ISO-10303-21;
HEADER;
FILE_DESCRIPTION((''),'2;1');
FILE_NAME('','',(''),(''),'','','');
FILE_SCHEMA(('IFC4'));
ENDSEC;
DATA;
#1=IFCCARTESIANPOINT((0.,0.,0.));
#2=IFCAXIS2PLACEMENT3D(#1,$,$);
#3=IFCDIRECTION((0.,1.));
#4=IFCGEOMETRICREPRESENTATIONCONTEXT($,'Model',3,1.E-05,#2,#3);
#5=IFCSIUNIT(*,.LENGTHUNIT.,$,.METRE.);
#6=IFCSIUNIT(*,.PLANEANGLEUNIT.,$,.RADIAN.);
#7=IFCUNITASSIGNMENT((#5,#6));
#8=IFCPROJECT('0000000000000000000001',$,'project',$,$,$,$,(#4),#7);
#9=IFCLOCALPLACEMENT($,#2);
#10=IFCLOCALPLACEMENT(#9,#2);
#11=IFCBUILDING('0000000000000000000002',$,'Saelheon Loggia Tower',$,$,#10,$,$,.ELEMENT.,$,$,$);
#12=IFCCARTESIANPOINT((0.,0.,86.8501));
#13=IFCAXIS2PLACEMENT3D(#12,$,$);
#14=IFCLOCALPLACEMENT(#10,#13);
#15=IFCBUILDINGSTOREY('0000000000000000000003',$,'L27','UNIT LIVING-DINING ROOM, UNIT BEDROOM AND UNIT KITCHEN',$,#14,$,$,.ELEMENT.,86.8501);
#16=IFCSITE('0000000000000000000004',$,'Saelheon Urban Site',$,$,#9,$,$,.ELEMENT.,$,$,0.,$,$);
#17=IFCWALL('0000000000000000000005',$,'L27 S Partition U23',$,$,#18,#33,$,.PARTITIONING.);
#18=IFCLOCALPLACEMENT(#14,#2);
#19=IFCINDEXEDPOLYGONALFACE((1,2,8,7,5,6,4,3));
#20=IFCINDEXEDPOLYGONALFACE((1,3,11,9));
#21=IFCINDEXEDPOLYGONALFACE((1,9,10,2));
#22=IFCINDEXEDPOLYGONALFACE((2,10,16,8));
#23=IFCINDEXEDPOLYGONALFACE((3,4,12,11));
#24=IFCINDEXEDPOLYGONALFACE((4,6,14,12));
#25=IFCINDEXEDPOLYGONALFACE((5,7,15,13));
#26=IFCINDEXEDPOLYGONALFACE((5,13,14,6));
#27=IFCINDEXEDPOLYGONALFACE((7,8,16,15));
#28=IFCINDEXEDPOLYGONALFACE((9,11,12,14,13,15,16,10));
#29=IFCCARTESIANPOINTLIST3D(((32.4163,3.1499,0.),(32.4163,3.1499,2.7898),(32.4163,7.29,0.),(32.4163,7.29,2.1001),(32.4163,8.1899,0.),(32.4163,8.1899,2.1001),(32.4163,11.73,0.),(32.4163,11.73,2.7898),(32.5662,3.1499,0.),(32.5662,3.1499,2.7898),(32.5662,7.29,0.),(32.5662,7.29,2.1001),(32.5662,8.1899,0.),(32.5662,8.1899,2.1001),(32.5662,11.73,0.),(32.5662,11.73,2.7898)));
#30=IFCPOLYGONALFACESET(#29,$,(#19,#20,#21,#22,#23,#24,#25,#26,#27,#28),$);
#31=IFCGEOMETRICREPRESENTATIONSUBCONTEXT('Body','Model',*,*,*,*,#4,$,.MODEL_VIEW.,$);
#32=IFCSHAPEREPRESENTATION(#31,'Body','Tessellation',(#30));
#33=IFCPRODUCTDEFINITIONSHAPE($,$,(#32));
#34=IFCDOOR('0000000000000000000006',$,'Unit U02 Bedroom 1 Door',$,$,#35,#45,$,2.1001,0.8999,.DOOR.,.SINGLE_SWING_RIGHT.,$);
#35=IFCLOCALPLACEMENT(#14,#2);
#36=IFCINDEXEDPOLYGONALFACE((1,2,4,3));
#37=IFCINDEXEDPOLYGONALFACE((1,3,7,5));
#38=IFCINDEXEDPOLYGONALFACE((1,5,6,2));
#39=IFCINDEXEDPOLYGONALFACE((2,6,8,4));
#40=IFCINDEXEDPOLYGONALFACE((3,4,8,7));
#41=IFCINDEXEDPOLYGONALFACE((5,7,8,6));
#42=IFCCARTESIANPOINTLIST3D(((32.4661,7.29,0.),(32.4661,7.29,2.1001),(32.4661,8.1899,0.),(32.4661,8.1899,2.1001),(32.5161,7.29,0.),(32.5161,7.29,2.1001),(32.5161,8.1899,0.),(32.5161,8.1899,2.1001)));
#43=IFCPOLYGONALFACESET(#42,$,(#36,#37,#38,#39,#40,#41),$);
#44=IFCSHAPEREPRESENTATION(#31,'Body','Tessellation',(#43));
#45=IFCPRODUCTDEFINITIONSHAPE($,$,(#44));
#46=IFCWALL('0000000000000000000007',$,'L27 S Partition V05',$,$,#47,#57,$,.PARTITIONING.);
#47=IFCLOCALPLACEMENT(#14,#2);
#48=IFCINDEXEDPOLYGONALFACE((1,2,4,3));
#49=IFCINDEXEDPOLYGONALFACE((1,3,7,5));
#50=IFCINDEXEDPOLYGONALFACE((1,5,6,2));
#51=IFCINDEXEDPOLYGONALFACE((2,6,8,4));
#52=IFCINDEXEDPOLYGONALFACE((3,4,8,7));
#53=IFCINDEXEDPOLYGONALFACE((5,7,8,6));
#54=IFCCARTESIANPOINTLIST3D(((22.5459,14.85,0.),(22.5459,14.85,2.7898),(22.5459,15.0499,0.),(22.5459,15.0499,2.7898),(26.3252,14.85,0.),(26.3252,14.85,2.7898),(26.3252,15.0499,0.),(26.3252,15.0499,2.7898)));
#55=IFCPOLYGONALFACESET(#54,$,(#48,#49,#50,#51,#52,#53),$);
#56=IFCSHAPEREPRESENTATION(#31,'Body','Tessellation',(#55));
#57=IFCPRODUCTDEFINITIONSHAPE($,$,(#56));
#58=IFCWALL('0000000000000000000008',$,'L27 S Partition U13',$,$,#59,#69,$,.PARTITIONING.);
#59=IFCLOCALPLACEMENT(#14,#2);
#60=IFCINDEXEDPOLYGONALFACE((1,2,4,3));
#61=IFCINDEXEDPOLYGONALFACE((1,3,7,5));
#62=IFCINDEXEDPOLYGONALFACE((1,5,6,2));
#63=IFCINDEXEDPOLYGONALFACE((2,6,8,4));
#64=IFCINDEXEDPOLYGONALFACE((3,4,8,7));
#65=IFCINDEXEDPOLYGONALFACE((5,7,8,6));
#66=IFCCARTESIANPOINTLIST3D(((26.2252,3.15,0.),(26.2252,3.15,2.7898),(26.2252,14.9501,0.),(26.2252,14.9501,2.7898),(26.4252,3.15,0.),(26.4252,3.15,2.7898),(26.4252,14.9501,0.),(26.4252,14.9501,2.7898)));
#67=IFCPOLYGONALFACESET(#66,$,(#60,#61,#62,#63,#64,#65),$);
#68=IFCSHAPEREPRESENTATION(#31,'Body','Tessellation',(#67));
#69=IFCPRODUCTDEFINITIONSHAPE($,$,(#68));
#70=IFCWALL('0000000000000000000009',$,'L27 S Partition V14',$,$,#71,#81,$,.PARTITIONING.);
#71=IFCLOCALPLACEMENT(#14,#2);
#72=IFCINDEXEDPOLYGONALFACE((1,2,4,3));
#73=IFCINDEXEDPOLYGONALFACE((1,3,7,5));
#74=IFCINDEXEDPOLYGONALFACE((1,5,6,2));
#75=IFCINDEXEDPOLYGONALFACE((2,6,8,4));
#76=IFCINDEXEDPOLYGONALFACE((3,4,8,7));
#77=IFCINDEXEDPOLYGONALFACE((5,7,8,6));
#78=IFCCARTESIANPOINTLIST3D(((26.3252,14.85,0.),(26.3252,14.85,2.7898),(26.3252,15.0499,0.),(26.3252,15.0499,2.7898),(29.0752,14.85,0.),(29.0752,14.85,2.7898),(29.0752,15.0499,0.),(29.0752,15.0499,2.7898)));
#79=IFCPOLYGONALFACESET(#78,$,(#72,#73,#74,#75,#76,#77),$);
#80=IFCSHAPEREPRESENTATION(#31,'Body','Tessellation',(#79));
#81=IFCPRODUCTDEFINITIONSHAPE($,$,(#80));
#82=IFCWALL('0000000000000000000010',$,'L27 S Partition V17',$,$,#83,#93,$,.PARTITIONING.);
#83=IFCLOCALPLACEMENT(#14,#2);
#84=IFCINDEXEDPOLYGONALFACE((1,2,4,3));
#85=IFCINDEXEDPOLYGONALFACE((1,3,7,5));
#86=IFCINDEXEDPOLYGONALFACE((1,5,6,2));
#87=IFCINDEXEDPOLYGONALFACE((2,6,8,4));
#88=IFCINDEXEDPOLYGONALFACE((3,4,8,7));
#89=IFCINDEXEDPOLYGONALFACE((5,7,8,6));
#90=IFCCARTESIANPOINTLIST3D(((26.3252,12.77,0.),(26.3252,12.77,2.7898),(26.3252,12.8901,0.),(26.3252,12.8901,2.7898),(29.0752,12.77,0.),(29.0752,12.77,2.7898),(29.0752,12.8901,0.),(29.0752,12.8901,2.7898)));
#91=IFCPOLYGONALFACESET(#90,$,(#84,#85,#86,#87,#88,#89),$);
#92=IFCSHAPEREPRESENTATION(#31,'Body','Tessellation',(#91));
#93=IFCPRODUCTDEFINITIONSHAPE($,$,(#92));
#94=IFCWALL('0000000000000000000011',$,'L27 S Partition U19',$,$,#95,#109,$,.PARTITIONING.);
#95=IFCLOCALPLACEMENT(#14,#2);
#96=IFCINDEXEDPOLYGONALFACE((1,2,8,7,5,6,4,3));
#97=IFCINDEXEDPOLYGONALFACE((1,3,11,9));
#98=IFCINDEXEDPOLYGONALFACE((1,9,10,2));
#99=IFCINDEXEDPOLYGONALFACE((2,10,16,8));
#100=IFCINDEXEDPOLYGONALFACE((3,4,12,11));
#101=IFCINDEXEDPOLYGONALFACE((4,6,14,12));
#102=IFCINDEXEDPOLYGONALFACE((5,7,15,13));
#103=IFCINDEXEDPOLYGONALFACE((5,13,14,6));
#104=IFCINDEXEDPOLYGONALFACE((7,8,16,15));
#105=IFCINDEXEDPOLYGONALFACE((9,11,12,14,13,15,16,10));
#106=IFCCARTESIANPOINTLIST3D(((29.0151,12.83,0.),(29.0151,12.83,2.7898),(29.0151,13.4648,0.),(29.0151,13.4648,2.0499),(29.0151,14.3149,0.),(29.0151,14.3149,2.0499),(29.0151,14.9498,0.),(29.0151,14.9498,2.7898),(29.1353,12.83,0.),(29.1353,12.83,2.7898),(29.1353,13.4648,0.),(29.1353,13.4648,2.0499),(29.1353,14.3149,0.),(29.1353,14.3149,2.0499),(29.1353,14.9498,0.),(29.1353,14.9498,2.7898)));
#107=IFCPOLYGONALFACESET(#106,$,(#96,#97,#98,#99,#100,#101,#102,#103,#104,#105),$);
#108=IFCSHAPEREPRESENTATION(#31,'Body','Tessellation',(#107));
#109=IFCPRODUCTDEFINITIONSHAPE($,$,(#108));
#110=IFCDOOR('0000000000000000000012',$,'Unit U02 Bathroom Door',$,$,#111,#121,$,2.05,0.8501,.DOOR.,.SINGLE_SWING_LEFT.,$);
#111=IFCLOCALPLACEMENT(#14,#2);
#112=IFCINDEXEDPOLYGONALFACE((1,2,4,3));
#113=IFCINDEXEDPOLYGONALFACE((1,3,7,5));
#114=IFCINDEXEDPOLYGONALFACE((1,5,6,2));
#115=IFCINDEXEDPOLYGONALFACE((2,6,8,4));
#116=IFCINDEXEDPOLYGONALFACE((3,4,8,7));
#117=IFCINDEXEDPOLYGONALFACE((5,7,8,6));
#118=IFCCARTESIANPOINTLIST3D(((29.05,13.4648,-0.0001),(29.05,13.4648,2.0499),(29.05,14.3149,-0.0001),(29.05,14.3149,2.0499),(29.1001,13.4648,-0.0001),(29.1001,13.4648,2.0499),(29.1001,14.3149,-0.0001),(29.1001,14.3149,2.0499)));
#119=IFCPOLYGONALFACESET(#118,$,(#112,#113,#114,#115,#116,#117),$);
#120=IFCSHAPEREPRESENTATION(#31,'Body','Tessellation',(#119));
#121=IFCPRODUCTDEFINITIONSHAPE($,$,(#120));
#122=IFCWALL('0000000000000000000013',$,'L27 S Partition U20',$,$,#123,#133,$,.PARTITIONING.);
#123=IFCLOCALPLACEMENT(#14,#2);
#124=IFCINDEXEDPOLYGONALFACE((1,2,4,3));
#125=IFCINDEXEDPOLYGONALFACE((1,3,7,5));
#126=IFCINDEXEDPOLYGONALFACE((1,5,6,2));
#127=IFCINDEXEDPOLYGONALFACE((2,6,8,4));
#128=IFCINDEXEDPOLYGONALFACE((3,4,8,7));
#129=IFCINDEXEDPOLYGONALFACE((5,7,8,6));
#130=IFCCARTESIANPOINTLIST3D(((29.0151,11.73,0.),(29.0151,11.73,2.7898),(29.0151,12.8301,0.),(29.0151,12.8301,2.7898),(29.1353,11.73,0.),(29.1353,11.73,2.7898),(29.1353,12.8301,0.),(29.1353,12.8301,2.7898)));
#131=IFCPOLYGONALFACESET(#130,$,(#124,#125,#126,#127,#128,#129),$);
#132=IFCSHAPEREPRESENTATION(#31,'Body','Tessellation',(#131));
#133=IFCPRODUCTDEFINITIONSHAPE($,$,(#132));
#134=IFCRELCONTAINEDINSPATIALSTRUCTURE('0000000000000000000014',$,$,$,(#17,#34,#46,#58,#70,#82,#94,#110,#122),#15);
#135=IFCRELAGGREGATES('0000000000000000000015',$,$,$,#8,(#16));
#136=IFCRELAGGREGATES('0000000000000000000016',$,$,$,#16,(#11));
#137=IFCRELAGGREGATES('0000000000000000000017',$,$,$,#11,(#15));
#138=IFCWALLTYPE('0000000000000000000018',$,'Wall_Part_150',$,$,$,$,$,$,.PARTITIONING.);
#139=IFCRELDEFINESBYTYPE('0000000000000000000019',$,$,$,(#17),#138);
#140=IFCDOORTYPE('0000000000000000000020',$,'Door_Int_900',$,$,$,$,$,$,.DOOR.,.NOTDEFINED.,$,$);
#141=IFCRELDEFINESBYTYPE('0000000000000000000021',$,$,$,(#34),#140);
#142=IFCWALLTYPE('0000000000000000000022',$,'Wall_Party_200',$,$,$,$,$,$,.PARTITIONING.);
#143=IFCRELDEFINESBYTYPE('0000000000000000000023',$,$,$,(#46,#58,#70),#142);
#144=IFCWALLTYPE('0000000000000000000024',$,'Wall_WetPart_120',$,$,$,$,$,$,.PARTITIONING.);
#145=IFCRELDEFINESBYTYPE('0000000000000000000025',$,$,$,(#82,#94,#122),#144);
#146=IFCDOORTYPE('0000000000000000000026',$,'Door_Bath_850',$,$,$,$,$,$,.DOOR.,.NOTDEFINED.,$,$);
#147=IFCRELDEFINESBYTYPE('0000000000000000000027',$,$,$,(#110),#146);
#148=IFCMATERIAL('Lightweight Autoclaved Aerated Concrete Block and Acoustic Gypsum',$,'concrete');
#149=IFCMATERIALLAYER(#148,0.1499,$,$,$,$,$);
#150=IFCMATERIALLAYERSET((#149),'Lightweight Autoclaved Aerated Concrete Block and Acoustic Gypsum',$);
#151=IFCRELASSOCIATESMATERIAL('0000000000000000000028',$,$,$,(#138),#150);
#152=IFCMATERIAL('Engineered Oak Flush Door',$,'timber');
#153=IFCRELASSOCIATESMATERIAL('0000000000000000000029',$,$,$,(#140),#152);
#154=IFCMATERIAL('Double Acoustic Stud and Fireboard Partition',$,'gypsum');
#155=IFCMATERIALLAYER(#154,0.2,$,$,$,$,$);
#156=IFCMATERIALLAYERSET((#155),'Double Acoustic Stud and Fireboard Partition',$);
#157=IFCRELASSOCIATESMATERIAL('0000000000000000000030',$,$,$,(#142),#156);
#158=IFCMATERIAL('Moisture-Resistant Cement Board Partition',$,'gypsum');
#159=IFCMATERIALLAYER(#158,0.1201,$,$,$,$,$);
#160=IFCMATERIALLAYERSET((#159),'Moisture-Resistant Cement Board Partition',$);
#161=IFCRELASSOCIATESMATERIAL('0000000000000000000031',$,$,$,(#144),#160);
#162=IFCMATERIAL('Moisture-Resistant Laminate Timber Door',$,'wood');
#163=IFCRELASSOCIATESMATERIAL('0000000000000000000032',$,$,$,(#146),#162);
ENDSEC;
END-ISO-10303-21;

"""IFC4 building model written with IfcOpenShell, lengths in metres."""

from ifc_helpers import new_model, si_unit, direction, frame, frame_2d, origin, place, context, subcontext, project, spatial, rectangle, extrude, source, transform, mapped, material, layer, layer_set, type_object, element, fill, save


model = new_model("IFC4")

# Units and contexts
model_context = context("Model", 3, precision=1e-05, world=origin(), true_north=direction((0.0, 1.0)))
body_context = subcontext(model_context, "Body", "Model", "MODEL_VIEW")
ifc_project = project(units=[si_unit("LENGTHUNIT", "METRE"), si_unit("PLANEANGLEUNIT", "RADIAN")], contexts=[model_context])

# Site, building, storey
site_placement = place(None, origin())
site = spatial("IfcSite", under=ifc_project, at=site_placement, Name="Saelheon Urban Site", CompositionType="ELEMENT", RefElevation=0.0)
building_placement = place(site_placement, origin())
building = spatial("IfcBuilding", under=site, at=building_placement, Name="Saelheon Loggia Tower", CompositionType="ELEMENT")
storey_placement = place(building_placement, frame((0.0, 0.0, 86.8501)))
storey = spatial("IfcBuildingStorey", under=building, at=storey_placement, Name="L27", Description="UNIT LIVING-DINING ROOM, UNIT BEDROOM AND UNIT KITCHEN", CompositionType="ELEMENT", Elevation=86.8501)

# Shared definitions
ifc_material_1 = material(Name="Lightweight Autoclaved Aerated Concrete Block and Acoustic Gypsum", Category="concrete")
ifc_layer_1 = layer(ifc_material_1, 0.1499)
ifc_layer_set_1 = layer_set([ifc_layer_1], Name="Lightweight Autoclaved Aerated Concrete Block and Acoustic Gypsum")
wall_type_1 = type_object("IfcWallType", Name="Wall_Part_150", PredefinedType="PARTITIONING", material=ifc_layer_set_1)
ifc_material_2 = material(Name="Engineered Oak Flush Door", Category="timber")
door_type_1 = type_object("IfcDoorType", Name="Door_Int_900", OperationType="NOTDEFINED", PredefinedType="DOOR", material=ifc_material_2)
shared_shape_1 = source(origin(), body_context, "Body", "SweptSolid", [
    extrude(rectangle(XDim=0.8999, YDim=2.1001, at=frame_2d((0.45, 1.05))), frame((0.0, 0.0249, 0.0), z_axis=(0.0, -1.0, 0.0), x_axis=(1.0, 0.0, 0.0)), (0.0, 0.0, 1.0), 0.05),
])

# Wall, opening, door
wall_1_placement = place(storey_placement, frame((32.4912, 11.73, 0.0), z_axis=(0.0, 0.0, 1.0), x_axis=(0.0, -1.0, 0.0)))
wall_1 = element("IfcWall", 1, at=wall_1_placement, inside=storey, type_object=wall_type_1, Name="L27 S Partition U23", PredefinedType="PARTITIONING", context=body_context, shape_type="SweptSolid", body=[
    extrude(rectangle(XDim=8.5801, YDim=0.1499, at=frame_2d((4.29, 0.0))), origin(), (0.0, 0.0, 1.0), 2.7898),
])
opening_1_placement = place(wall_1_placement, frame((3.54, 0.0, 0.0)))
opening_1 = element("IfcOpeningElement", 2, at=opening_1_placement, cuts=wall_1, PredefinedType="OPENING", context=body_context, shape_type="SweptSolid", body=[
    extrude(rectangle(XDim=0.8999, YDim=2.1001, at=frame_2d((0.45, 1.05))), frame((0.0, 0.0869, 0.0), z_axis=(0.0, -1.0, 0.0), x_axis=(1.0, 0.0, 0.0)), (0.0, 0.0, 1.0), 0.1738),
])
door_1_placement = place(opening_1_placement, origin())
door_1 = element("IfcDoor", 3, at=door_1_placement, inside=storey, type_object=door_type_1, Name="Unit U02 Bedroom 1 Door", OperationType="SINGLE_SWING_RIGHT", OverallHeight=2.1001, OverallWidth=0.8999, PredefinedType="DOOR", context=body_context, shape_type="MappedRepresentation", body=[
    mapped(shared_shape_1, transform((0.0, 0.0, 0.0), scale=1.0)),
])
fill(opening_1, door_1)

# Walls
ifc_material_3 = material(Name="Double Acoustic Stud and Fireboard Partition", Category="gypsum")
ifc_layer_2 = layer(ifc_material_3, 0.2)
ifc_layer_set_2 = layer_set([ifc_layer_2], Name="Double Acoustic Stud and Fireboard Partition")
wall_type_2 = type_object("IfcWallType", Name="Wall_Party_200", PredefinedType="PARTITIONING", material=ifc_layer_set_2)
wall_2_placement = place(storey_placement, frame((22.5459, 14.95, 0.0), z_axis=(0.0, 0.0, 1.0), x_axis=(1.0, 0.0, 0.0)))
element("IfcWall", 4, at=wall_2_placement, inside=storey, type_object=wall_type_2, Name="L27 S Partition V05", PredefinedType="PARTITIONING", context=body_context, shape_type="SweptSolid", body=[
    extrude(rectangle(XDim=3.7793, YDim=0.2, at=frame_2d((1.8896, 0.0))), origin(), (0.0, 0.0, 1.0), 2.7898),
])
wall_3_placement = place(storey_placement, frame((26.3252, 14.95, 0.0), z_axis=(0.0, 0.0, 1.0), x_axis=(0.0, -1.0, 0.0)))
element("IfcWall", 5, at=wall_3_placement, inside=storey, type_object=wall_type_2, Name="L27 S Partition U13", PredefinedType="PARTITIONING", context=body_context, shape_type="SweptSolid", body=[
    extrude(rectangle(XDim=11.8, YDim=0.2, at=frame_2d((5.8999, 0.0))), origin(), (0.0, 0.0, 1.0), 2.7898),
])
wall_4_placement = place(storey_placement, frame((26.3252, 14.95, 0.0), z_axis=(0.0, 0.0, 1.0), x_axis=(1.0, 0.0, 0.0)))
element("IfcWall", 6, at=wall_4_placement, inside=storey, type_object=wall_type_2, Name="L27 S Partition V14", PredefinedType="PARTITIONING", context=body_context, shape_type="SweptSolid", body=[
    extrude(rectangle(XDim=2.75, YDim=0.2, at=frame_2d((1.375, 0.0))), origin(), (0.0, 0.0, 1.0), 2.7898),
])

# Wall
ifc_material_4 = material(Name="Moisture-Resistant Cement Board Partition", Category="gypsum")
ifc_layer_3 = layer(ifc_material_4, 0.1201)
ifc_layer_set_3 = layer_set([ifc_layer_3], Name="Moisture-Resistant Cement Board Partition")
wall_type_3 = type_object("IfcWallType", Name="Wall_WetPart_120", PredefinedType="PARTITIONING", material=ifc_layer_set_3)
wall_5_placement = place(storey_placement, frame((26.3252, 12.8301, 0.0), z_axis=(0.0, 0.0, 1.0), x_axis=(1.0, 0.0, 0.0)))
element("IfcWall", 7, at=wall_5_placement, inside=storey, type_object=wall_type_3, Name="L27 S Partition V17", PredefinedType="PARTITIONING", context=body_context, shape_type="SweptSolid", body=[
    extrude(rectangle(XDim=2.75, YDim=0.1201, at=frame_2d((1.375, 0.0))), origin(), (0.0, 0.0, 1.0), 2.7898),
])

# Wall, opening, door
wall_6_placement = place(storey_placement, frame((29.0752, 14.95, 0.0), z_axis=(0.0, 0.0, 1.0), x_axis=(0.0, -1.0, 0.0)))
wall_6 = element("IfcWall", 8, at=wall_6_placement, inside=storey, type_object=wall_type_3, Name="L27 S Partition U19", PredefinedType="PARTITIONING", context=body_context, shape_type="SweptSolid", body=[
    extrude(rectangle(XDim=2.1199, YDim=0.1201, at=frame_2d((1.0601, 0.0))), origin(), (0.0, 0.0, 1.0), 2.7898),
])
opening_2_placement = place(wall_6_placement, frame((0.635, 0.0, 0.0)))
opening_2 = element("IfcOpeningElement", 9, at=opening_2_placement, cuts=wall_6, PredefinedType="OPENING", context=body_context, shape_type="SweptSolid", body=[
    extrude(rectangle(XDim=0.8501, YDim=2.05, at=frame_2d((0.425, 1.0249))), frame((0.0, 0.072, 0.0), z_axis=(0.0, -1.0, 0.0), x_axis=(1.0, 0.0, 0.0)), (0.0, 0.0, 1.0), 0.144),
])
ifc_material_5 = material(Name="Moisture-Resistant Laminate Timber Door", Category="wood")
door_type_2 = type_object("IfcDoorType", Name="Door_Bath_850", OperationType="NOTDEFINED", PredefinedType="DOOR", material=ifc_material_5)
shared_shape_2 = source(origin(), body_context, "Body", "SweptSolid", [
    extrude(rectangle(XDim=0.8501, YDim=2.05, at=frame_2d((0.425, 1.0249))), frame((0.0, 0.0249, 0.0), z_axis=(0.0, -1.0, 0.0), x_axis=(1.0, 0.0, 0.0)), (0.0, 0.0, 1.0), 0.05),
])
door_2_placement = place(opening_2_placement, origin())
door_2 = element("IfcDoor", 10, at=door_2_placement, inside=storey, type_object=door_type_2, Name="Unit U02 Bathroom Door", OperationType="SINGLE_SWING_LEFT", OverallHeight=2.05, OverallWidth=0.8501, PredefinedType="DOOR", context=body_context, shape_type="MappedRepresentation", body=[
    mapped(shared_shape_2, transform((0.0, 0.0, 0.0), scale=1.0)),
])
fill(opening_2, door_2)

# Wall
wall_7_placement = place(storey_placement, frame((29.0752, 12.8301, 0.0), z_axis=(0.0, 0.0, 1.0), x_axis=(0.0, -1.0, 0.0)))
element("IfcWall", 11, at=wall_7_placement, inside=storey, type_object=wall_type_3, Name="L27 S Partition U20", PredefinedType="PARTITIONING", context=body_context, shape_type="SweptSolid", body=[
    extrude(rectangle(XDim=1.1001, YDim=0.1201, at=frame_2d((0.55, 0.0))), origin(), (0.0, 0.0, 1.0), 2.7898),
])

save(model, "model.ifc")
